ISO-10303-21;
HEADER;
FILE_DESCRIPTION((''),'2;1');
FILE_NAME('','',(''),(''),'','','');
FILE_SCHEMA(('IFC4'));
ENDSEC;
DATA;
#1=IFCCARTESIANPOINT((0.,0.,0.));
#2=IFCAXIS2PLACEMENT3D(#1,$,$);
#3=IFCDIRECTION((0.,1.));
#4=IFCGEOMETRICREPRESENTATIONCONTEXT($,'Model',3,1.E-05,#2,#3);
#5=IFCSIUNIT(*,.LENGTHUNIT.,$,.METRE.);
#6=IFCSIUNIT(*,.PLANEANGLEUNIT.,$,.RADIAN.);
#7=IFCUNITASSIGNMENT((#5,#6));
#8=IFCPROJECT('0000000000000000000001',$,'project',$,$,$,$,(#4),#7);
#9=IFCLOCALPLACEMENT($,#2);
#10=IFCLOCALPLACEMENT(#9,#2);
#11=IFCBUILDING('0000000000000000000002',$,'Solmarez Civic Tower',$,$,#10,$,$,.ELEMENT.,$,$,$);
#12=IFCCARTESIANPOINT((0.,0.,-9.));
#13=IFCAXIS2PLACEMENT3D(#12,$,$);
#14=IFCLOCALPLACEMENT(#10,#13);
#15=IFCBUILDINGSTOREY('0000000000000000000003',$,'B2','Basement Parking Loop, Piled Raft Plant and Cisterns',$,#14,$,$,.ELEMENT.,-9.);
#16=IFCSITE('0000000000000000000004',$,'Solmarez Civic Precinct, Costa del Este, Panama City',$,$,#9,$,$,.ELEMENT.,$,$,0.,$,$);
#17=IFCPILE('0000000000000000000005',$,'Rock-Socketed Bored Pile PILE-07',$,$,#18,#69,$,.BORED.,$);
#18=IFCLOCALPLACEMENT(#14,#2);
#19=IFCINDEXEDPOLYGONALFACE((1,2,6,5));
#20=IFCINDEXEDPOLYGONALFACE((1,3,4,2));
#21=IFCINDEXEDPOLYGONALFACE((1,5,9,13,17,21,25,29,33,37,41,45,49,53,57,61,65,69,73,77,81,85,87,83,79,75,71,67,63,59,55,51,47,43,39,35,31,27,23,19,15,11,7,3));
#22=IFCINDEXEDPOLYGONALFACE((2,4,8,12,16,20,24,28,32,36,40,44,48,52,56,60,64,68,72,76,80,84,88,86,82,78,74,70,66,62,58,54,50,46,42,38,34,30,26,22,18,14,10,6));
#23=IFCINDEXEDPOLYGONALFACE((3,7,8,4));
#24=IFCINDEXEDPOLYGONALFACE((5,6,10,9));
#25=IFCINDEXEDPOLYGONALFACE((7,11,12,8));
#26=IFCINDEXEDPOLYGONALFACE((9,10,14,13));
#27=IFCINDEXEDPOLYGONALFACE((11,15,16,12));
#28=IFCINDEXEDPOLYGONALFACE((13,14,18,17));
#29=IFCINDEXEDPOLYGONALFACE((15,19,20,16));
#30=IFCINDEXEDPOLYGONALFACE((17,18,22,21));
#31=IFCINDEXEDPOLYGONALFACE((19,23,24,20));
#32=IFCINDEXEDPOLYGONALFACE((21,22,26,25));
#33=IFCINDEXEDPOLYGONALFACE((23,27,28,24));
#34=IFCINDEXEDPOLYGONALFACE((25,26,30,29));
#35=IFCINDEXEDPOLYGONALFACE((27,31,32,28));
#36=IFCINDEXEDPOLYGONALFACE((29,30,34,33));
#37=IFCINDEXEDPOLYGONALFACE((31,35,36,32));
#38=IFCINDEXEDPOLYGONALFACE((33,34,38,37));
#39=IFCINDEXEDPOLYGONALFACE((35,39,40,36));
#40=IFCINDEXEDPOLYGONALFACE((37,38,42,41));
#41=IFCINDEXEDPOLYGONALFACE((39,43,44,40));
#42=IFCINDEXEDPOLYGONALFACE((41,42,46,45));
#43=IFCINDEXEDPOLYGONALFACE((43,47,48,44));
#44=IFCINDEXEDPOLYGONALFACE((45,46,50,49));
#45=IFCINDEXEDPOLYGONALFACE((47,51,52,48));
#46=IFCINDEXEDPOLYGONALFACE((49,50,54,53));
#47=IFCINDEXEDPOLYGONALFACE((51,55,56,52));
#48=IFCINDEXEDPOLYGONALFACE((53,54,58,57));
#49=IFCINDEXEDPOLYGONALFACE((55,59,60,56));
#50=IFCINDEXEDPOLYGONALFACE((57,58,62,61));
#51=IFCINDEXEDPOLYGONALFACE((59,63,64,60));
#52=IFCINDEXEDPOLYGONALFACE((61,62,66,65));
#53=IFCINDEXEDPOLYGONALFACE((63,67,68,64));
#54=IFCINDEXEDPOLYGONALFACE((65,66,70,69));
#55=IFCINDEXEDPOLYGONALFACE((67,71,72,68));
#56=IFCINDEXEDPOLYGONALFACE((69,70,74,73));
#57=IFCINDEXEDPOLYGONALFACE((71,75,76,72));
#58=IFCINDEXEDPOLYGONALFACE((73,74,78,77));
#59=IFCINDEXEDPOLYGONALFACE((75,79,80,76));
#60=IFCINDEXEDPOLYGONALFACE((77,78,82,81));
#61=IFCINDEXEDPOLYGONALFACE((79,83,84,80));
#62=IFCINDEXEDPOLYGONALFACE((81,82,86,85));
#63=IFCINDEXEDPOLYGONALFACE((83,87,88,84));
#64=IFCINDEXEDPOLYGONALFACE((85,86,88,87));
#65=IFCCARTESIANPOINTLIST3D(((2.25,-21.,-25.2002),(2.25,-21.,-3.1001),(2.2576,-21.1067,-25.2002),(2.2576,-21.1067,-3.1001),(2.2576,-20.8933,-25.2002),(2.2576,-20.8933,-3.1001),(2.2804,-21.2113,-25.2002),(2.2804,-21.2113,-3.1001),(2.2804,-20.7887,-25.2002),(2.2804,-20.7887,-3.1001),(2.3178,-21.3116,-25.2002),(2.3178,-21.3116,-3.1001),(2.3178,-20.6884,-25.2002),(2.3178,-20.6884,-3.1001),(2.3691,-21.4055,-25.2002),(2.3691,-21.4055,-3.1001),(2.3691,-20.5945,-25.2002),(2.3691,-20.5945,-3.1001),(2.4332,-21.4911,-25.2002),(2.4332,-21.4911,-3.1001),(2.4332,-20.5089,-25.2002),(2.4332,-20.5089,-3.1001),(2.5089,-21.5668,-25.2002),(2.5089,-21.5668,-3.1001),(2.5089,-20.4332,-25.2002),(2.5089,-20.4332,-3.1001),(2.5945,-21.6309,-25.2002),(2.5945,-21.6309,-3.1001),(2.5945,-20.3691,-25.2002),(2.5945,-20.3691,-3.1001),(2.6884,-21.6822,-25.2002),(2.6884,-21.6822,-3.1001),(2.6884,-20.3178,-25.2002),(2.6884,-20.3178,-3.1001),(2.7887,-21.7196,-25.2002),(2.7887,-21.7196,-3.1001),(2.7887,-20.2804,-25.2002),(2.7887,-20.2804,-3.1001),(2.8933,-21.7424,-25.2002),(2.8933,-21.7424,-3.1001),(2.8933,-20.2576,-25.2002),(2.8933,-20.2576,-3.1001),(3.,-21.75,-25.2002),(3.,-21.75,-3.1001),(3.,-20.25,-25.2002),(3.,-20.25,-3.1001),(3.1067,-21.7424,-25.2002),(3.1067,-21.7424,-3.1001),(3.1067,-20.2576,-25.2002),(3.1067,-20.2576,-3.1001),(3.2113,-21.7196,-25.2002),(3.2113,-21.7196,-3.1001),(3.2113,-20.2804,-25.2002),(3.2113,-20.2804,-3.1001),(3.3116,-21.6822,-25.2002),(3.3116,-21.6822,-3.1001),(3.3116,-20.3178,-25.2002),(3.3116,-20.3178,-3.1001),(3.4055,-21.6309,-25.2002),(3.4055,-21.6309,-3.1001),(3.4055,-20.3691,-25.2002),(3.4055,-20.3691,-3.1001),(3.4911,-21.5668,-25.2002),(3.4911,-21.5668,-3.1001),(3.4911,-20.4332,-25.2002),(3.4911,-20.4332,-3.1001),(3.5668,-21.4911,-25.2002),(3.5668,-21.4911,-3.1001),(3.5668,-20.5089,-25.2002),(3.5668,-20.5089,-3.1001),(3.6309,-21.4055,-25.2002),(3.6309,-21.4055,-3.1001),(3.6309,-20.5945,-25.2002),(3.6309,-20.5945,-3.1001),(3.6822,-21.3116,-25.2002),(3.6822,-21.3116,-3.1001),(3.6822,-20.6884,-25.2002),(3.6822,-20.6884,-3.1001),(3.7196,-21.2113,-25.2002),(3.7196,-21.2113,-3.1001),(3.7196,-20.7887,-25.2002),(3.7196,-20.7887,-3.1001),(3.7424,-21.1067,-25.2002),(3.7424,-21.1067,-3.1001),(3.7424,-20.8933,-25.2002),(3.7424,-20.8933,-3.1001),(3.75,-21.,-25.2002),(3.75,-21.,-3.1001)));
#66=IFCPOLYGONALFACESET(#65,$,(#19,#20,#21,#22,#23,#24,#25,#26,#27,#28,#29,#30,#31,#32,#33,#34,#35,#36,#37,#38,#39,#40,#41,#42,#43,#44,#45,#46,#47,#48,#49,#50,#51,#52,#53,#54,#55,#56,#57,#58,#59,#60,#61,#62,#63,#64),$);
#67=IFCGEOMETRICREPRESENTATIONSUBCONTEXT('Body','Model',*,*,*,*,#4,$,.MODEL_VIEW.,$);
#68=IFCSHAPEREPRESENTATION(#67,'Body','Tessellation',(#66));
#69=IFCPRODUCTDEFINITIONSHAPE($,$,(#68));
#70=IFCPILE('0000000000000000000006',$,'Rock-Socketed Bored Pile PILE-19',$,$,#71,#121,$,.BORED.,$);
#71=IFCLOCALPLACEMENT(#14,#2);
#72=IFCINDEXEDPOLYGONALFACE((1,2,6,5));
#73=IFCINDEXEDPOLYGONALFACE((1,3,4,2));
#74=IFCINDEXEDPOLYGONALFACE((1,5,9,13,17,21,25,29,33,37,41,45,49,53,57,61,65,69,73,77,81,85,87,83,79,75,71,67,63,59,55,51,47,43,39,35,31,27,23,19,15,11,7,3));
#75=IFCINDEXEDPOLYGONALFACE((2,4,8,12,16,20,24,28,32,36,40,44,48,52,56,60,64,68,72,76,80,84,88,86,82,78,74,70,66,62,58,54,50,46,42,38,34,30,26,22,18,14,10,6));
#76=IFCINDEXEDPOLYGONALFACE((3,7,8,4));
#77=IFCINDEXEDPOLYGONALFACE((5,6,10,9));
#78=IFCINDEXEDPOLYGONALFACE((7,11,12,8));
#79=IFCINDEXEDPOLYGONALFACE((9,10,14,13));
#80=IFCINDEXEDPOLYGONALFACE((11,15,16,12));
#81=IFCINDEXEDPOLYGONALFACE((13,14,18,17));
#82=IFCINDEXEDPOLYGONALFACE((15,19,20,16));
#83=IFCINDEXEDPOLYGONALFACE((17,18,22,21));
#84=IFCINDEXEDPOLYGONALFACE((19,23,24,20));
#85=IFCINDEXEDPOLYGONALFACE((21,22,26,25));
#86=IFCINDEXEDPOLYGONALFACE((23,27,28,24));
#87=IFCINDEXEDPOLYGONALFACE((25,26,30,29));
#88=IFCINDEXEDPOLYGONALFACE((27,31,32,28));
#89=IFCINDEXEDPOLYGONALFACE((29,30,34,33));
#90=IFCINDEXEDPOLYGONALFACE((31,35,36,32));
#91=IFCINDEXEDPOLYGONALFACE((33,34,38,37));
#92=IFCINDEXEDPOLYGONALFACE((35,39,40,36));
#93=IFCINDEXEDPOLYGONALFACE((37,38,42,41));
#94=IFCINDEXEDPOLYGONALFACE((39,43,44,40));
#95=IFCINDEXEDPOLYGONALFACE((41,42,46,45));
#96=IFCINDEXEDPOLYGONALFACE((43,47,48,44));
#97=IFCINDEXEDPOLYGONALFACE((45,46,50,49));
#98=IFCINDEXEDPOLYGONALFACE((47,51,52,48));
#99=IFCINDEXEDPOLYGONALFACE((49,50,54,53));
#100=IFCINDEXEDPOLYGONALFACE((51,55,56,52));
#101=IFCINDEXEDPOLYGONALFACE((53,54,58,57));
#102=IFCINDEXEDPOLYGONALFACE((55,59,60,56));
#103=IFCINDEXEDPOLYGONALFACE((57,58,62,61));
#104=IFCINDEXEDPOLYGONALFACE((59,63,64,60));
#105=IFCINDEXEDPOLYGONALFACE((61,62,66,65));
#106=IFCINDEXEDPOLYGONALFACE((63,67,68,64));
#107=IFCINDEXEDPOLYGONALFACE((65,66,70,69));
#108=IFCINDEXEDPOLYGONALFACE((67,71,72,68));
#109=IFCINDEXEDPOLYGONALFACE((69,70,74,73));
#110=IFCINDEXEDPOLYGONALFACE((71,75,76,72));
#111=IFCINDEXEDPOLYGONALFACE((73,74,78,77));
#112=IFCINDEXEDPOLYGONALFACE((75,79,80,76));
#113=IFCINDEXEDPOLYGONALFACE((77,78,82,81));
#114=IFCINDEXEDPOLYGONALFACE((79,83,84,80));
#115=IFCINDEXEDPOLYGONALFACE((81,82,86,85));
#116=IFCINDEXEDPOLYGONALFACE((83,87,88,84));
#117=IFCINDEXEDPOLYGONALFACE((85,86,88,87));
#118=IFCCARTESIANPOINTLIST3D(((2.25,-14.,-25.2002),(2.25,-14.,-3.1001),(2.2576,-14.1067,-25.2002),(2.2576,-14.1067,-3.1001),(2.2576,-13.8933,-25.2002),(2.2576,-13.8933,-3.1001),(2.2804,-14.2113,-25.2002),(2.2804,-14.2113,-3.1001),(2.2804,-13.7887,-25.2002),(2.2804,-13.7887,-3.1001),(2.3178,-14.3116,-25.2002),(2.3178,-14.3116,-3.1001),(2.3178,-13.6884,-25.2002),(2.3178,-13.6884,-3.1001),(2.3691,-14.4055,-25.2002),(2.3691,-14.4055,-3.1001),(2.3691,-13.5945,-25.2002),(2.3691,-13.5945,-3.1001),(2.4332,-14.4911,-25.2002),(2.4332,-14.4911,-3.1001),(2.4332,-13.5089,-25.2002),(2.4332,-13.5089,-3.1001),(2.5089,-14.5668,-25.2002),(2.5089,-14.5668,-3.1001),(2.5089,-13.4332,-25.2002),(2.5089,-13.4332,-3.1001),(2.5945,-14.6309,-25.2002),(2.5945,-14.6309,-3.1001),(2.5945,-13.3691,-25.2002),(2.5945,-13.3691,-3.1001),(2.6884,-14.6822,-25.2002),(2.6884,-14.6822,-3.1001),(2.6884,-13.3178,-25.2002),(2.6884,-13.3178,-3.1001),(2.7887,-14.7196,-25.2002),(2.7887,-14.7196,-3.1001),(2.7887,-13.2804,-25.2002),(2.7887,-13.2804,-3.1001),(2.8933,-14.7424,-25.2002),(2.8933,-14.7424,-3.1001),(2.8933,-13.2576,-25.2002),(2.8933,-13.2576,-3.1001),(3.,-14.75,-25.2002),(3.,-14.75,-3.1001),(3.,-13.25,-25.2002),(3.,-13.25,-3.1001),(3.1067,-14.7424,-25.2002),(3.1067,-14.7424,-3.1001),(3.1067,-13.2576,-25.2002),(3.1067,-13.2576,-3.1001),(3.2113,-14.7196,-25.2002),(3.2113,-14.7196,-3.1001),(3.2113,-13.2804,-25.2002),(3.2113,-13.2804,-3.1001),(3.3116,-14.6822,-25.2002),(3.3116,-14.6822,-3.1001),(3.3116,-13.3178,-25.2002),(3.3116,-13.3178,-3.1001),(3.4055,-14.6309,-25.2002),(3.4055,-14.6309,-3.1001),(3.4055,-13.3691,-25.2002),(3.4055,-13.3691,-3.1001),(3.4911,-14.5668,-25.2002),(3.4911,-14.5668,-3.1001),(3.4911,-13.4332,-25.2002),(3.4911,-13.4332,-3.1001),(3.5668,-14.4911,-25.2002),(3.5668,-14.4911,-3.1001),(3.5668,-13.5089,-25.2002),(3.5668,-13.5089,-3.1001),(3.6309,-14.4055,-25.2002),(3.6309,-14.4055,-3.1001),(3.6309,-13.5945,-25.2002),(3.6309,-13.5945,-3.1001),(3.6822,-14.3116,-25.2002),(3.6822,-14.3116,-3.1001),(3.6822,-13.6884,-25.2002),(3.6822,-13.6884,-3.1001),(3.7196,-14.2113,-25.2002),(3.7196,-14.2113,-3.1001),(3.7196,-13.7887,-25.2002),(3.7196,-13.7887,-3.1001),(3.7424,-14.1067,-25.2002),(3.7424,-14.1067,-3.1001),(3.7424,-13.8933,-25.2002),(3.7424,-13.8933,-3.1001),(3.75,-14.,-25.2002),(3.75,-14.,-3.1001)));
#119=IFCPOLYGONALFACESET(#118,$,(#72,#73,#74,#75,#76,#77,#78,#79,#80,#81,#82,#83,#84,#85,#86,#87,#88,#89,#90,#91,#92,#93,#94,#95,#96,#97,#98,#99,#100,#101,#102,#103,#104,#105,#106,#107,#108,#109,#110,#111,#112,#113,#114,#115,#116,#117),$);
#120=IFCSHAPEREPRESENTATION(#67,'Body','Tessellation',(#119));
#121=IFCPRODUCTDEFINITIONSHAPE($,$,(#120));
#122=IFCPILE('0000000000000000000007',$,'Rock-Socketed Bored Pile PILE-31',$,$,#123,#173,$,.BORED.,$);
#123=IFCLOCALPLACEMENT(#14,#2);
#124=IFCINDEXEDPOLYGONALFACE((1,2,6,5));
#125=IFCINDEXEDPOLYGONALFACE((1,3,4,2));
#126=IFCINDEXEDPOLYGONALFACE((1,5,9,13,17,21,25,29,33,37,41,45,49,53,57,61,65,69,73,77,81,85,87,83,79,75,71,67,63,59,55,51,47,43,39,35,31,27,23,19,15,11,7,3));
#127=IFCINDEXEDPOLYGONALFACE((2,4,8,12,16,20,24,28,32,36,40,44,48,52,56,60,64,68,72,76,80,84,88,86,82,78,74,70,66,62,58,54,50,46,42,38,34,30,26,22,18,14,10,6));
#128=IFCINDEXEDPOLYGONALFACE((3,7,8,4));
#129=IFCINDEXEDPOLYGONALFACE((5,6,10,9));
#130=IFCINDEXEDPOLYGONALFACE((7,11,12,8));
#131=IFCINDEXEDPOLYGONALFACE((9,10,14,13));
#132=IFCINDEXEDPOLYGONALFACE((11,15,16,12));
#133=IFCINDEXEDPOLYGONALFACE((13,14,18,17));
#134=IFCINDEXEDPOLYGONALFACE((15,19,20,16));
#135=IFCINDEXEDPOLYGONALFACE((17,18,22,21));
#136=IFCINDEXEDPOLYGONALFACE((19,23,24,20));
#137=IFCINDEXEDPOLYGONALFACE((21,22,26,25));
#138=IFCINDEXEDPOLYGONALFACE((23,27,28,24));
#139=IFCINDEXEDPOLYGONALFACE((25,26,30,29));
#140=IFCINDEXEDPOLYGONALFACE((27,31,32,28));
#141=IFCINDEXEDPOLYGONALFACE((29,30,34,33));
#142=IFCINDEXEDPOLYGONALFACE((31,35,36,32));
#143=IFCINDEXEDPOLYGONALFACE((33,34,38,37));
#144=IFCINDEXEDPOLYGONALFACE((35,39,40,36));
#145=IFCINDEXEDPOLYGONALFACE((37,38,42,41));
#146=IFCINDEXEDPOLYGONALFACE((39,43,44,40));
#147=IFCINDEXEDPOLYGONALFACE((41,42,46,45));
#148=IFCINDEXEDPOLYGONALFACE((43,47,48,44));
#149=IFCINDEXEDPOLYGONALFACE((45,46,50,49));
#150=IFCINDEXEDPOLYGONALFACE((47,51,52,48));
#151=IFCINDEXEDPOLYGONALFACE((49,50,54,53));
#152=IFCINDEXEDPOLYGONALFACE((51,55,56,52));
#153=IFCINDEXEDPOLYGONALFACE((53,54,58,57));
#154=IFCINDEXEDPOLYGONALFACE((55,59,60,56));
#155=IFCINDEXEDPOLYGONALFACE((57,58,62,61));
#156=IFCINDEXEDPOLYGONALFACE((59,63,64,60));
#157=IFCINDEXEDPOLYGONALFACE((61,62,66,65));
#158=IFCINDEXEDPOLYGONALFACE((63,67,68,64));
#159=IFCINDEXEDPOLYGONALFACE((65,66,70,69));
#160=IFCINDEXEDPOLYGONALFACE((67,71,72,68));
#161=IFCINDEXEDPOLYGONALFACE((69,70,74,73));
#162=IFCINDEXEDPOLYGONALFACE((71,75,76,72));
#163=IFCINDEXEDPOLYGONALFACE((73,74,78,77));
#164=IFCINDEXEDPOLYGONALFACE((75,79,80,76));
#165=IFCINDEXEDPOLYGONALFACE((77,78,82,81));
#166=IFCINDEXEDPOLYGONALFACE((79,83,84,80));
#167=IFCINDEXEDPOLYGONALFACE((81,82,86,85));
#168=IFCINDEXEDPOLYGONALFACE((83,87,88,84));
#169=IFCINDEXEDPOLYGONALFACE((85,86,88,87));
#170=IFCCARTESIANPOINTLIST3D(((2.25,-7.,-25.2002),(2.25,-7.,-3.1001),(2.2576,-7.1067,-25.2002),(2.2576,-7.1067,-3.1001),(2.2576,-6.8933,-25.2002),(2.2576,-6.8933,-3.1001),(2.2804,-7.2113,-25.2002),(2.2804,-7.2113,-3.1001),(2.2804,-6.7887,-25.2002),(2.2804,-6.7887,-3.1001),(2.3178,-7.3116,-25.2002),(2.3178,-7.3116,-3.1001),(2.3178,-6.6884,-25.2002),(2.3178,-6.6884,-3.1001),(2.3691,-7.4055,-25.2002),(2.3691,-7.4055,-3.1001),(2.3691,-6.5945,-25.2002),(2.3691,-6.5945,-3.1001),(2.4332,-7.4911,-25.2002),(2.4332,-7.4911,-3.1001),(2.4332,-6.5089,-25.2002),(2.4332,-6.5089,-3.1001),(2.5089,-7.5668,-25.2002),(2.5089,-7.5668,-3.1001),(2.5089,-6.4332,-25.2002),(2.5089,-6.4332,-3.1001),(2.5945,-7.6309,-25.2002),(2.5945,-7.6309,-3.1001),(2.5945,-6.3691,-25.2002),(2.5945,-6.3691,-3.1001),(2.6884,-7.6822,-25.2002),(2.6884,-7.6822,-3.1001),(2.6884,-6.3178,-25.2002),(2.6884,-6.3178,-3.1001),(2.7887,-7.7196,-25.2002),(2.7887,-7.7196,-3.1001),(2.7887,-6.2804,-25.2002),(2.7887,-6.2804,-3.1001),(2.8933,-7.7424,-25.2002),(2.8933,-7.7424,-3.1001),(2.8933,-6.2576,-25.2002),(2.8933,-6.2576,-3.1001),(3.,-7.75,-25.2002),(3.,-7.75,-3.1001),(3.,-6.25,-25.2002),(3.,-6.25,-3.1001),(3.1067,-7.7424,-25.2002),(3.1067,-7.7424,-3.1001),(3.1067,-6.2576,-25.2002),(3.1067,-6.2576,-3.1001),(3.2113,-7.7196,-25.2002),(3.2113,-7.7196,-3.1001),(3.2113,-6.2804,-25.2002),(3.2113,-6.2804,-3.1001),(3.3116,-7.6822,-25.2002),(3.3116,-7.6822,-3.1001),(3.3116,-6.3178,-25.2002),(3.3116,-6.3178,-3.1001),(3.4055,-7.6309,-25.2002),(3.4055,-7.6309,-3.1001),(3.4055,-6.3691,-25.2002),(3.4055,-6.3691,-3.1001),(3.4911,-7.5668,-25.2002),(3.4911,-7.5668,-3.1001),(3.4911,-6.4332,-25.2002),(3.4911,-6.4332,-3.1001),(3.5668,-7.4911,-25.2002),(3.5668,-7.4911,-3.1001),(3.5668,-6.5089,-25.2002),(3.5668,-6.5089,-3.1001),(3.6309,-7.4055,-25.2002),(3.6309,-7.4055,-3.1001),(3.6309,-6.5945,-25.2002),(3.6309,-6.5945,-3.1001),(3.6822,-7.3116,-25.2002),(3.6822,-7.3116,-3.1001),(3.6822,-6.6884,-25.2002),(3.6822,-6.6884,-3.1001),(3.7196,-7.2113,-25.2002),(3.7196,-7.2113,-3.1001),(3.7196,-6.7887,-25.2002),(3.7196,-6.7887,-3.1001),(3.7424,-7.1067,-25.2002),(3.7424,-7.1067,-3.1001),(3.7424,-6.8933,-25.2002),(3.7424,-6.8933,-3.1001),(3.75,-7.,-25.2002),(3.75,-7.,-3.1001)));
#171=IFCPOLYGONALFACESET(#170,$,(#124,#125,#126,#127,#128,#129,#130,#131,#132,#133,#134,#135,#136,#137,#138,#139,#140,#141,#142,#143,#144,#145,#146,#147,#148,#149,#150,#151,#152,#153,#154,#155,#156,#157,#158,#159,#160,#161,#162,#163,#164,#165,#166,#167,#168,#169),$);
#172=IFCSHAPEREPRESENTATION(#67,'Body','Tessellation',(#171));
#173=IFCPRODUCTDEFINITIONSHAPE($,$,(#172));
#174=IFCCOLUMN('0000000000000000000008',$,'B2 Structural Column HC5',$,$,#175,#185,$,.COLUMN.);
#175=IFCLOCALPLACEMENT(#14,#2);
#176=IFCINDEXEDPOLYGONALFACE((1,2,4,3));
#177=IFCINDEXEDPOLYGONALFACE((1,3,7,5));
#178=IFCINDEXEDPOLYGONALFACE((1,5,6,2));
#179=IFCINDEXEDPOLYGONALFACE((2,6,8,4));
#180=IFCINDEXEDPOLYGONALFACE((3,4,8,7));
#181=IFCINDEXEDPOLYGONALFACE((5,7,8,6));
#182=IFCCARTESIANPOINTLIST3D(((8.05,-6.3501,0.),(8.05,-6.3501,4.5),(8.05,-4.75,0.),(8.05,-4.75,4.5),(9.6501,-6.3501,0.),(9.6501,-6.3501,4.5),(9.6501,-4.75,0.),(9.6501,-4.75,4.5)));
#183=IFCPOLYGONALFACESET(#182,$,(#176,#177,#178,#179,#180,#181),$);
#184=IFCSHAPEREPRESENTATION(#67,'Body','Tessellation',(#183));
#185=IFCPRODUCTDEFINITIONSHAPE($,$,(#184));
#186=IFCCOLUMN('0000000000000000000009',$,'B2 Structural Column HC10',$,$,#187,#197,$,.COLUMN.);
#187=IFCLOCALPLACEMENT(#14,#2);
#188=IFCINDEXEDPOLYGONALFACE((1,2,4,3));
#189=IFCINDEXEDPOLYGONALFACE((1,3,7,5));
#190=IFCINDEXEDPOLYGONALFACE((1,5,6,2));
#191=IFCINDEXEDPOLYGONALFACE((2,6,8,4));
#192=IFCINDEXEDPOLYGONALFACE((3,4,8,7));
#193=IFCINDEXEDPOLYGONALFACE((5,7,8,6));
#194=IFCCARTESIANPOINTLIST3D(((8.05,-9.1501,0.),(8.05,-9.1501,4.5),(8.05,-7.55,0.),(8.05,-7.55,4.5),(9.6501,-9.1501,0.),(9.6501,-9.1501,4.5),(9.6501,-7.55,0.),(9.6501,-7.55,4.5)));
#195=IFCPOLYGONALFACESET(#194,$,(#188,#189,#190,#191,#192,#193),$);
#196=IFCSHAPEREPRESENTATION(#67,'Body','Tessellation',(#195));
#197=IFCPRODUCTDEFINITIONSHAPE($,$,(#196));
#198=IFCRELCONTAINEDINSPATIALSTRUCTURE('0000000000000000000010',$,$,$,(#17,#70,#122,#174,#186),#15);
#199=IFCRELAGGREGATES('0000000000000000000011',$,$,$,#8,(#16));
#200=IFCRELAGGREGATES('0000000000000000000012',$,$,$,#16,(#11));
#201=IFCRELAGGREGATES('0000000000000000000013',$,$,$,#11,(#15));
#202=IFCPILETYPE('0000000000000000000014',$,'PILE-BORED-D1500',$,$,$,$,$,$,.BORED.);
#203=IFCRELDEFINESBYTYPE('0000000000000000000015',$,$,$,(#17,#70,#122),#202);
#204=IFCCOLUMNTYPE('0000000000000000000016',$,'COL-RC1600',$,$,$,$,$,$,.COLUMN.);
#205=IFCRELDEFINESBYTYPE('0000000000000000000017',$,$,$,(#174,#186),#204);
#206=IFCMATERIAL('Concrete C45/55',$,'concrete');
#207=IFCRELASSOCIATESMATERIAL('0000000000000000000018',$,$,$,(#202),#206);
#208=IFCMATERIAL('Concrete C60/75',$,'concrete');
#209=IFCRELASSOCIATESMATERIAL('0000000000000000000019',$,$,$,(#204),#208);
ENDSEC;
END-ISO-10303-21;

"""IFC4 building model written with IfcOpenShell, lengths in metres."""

from ifc_helpers import new_model, si_unit, direction, frame, origin, origin_2d, place, context, subcontext, project, spatial, rectangle, circle, extrude, material, material_profile, profile_set, type_object, element, save


model = new_model("IFC4")

# Units and contexts
model_context = context("Model", 3, precision=1e-05, world=origin(), true_north=direction((0.0, 1.0)))
body_context = subcontext(model_context, "Body", "Model", "MODEL_VIEW")
ifc_project = project(units=[si_unit("LENGTHUNIT", "METRE"), si_unit("PLANEANGLEUNIT", "RADIAN")], contexts=[model_context])

# Site, building, storey
site_placement = place(None, origin())
site = spatial("IfcSite", under=ifc_project, at=site_placement, Name="Solmarez Civic Precinct, Costa del Este, Panama City", CompositionType="ELEMENT", RefElevation=0.0)
building_placement = place(site_placement, origin())
building = spatial("IfcBuilding", under=site, at=building_placement, Name="Solmarez Civic Tower", CompositionType="ELEMENT")
storey_placement = place(building_placement, frame((0.0, 0.0, -9.0)))
storey = spatial("IfcBuildingStorey", under=building, at=storey_placement, Name="B2", Description="Basement Parking Loop, Piled Raft Plant and Cisterns", CompositionType="ELEMENT", Elevation=-9.0)

# Piles
ifc_material_1 = material(Name="Concrete C45/55", Category="concrete")
ifc_material_profile_1 = material_profile(ifc_material_1, circle(Radius=0.75, at=origin_2d()), Name="PILE-D1500")
ifc_profile_set_1 = profile_set([ifc_material_profile_1], Name="Concrete C45/55")
pile_type = type_object("IfcPileType", Name="PILE-BORED-D1500", PredefinedType="BORED", material=ifc_profile_set_1)
for number, where, z_axis, x_axis, name in (
    (1, (3.0, -21.0, -3.1001), (0.0, 0.0, -1.0), (1.0, 0.0, 0.0), "Rock-Socketed Bored Pile PILE-07"),
    (2, (3.0, -14.0, -3.1001), (0.0, 0.0, -1.0), (1.0, 0.0, 0.0), "Rock-Socketed Bored Pile PILE-19"),
    (3, (3.0, -7.0, -3.1001), (0.0, 0.0, -1.0), (1.0, 0.0, 0.0), "Rock-Socketed Bored Pile PILE-31"),
):
    element("IfcPile", number, at=place(storey_placement, frame(where, z_axis=z_axis, x_axis=x_axis)), inside=storey, type_object=pile_type, Name=name, PredefinedType="BORED", context=body_context, shape_type="SweptSolid", body=[
        extrude(circle(Radius=0.75, at=origin_2d()), origin(), (0.0, 0.0, 1.0), 22.1001),
    ])

# Columns
ifc_material_2 = material(Name="Concrete C60/75", Category="concrete")
ifc_material_profile_2 = material_profile(ifc_material_2, rectangle(XDim=1.6001, YDim=1.6001, at=origin_2d()), Name="RC1600X1600")
ifc_profile_set_2 = profile_set([ifc_material_profile_2], Name="Concrete C60/75")
column_type = type_object("IfcColumnType", Name="COL-RC1600", PredefinedType="COLUMN", material=ifc_profile_set_2)
for number, where, z_axis, x_axis, name in (
    (4, (8.8501, -5.55, 0.0), (0.0, 0.0, 1.0), (1.0, 0.0, 0.0), "B2 Structural Column HC5"),
    (5, (8.8501, -8.3501, 0.0), (0.0, 0.0, 1.0), (1.0, 0.0, 0.0), "B2 Structural Column HC10"),
):
    element("IfcColumn", number, at=place(storey_placement, frame(where, z_axis=z_axis, x_axis=x_axis)), inside=storey, type_object=column_type, Name=name, PredefinedType="COLUMN", context=body_context, shape_type="SweptSolid", body=[
        extrude(rectangle(XDim=1.6001, YDim=1.6001, at=origin_2d()), origin(), (0.0, 0.0, 1.0), 4.5),
    ])

save(model, "model.ifc")
